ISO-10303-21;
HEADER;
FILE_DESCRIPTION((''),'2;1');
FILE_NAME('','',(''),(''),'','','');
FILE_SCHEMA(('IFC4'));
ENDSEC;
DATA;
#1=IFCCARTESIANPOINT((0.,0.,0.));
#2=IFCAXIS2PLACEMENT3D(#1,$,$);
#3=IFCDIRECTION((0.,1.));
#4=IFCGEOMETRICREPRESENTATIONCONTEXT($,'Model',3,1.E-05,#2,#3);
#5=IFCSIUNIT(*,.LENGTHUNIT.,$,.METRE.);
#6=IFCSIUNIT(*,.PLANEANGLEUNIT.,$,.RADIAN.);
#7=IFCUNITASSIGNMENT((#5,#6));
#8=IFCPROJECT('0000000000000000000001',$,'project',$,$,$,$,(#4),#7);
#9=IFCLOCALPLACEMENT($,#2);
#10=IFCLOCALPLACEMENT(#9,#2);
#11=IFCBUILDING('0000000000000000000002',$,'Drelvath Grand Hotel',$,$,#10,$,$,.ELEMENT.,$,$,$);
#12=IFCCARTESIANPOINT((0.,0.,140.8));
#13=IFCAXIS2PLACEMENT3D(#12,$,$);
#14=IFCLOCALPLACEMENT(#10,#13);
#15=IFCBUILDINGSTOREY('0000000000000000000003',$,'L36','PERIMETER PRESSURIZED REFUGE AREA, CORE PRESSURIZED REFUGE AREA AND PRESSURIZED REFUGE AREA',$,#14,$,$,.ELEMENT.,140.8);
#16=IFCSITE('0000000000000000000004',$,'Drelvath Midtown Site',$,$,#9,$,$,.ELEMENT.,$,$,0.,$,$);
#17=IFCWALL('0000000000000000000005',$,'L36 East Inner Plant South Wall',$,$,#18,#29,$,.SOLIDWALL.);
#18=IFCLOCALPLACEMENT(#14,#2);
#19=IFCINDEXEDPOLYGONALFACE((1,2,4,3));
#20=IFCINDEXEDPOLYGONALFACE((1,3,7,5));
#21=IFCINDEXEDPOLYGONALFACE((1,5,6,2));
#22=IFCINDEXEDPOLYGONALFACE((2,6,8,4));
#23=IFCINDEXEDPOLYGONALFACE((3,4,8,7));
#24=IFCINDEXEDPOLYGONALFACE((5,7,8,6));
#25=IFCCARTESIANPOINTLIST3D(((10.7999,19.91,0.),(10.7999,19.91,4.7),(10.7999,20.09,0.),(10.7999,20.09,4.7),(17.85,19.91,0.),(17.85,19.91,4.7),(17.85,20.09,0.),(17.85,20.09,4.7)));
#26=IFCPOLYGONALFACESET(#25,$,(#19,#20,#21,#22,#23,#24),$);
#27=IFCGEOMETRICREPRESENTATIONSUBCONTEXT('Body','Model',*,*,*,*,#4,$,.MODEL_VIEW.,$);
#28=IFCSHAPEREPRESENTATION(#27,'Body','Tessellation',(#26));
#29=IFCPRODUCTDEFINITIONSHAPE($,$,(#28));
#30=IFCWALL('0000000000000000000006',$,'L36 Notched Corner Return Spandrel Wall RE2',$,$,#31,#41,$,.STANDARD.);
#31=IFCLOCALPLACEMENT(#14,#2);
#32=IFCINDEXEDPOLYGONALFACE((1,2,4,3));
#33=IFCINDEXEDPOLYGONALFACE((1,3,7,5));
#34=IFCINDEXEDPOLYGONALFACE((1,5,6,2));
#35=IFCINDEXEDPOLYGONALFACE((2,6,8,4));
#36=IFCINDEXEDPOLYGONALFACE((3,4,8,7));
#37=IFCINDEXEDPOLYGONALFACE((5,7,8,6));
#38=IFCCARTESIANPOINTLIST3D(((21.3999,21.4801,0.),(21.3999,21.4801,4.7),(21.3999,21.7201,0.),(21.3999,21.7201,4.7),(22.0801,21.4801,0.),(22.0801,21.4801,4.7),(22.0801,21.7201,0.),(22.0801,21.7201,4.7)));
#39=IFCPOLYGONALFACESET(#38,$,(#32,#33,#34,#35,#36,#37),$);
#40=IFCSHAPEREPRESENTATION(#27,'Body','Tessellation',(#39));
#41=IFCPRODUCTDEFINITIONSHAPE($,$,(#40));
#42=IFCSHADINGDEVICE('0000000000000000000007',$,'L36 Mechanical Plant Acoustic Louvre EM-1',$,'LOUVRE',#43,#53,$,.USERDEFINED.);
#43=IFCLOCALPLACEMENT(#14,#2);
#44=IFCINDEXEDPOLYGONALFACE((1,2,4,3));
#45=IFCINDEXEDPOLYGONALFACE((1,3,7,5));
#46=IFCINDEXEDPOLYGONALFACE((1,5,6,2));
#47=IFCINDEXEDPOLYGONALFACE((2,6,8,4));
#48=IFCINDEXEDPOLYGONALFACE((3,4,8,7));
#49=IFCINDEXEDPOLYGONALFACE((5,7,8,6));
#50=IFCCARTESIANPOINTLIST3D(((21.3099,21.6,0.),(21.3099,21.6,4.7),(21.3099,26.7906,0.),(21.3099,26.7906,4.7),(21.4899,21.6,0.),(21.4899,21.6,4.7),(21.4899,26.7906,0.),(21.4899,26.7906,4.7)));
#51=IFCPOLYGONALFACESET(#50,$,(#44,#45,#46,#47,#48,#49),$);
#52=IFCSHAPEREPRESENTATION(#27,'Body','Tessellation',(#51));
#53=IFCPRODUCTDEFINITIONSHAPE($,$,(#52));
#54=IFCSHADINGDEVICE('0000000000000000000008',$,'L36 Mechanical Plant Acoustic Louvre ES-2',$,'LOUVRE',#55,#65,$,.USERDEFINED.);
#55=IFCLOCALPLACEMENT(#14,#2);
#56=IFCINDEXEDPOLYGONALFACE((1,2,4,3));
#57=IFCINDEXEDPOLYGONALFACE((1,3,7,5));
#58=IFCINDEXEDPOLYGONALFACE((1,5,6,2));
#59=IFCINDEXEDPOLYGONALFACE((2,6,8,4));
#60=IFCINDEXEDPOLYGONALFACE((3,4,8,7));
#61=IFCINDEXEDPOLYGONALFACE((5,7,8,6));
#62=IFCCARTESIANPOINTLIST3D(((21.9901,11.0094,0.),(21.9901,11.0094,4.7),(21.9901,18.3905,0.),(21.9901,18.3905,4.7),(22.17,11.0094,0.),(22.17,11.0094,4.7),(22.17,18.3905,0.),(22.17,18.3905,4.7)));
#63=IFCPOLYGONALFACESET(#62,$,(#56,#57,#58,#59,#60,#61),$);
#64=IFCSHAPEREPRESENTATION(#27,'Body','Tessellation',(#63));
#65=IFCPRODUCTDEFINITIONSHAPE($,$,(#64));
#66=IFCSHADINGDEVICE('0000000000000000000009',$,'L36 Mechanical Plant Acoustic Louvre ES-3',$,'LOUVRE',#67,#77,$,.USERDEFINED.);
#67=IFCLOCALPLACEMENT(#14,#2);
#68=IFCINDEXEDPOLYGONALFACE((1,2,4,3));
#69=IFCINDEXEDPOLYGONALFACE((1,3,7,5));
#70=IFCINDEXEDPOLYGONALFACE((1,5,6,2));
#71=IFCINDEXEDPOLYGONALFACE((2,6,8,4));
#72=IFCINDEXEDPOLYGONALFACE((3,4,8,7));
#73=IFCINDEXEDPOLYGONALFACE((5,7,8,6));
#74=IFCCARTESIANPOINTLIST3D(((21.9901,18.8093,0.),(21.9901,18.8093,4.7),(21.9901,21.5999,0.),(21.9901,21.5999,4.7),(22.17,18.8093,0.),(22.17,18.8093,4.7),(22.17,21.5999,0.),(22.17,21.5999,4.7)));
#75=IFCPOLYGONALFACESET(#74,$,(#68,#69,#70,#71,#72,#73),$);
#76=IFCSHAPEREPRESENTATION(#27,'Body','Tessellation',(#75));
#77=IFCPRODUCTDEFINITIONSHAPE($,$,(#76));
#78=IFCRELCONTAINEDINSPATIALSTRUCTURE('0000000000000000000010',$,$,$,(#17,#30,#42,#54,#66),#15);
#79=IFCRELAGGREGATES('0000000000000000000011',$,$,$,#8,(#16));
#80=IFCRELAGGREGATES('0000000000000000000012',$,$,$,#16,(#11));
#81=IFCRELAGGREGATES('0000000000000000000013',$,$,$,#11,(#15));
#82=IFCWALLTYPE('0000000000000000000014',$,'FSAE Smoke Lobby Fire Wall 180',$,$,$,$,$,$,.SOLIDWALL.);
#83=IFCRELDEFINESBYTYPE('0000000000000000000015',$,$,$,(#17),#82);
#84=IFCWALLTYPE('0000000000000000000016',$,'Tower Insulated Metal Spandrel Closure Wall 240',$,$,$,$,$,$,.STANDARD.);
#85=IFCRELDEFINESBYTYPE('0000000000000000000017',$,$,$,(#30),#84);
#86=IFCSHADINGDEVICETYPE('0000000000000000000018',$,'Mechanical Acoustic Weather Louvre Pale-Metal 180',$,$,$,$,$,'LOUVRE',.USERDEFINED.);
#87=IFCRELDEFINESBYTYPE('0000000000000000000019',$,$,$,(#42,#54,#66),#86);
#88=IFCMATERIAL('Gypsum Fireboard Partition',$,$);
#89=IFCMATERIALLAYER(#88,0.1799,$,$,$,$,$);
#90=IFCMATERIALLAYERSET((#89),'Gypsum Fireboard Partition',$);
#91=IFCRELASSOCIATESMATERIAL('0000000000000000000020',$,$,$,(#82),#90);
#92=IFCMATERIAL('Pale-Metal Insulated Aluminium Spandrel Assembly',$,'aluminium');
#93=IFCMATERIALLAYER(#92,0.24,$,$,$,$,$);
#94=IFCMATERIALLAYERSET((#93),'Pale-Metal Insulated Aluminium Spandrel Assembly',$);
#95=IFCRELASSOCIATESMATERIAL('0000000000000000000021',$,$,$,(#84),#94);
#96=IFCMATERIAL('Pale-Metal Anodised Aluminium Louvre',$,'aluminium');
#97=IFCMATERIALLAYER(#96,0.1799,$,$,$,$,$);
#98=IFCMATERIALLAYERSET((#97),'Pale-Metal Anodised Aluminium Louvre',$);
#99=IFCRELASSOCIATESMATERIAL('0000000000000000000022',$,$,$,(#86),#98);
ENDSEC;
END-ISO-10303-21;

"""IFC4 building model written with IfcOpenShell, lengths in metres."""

from ifc_helpers import new_model, si_unit, direction, frame, frame_2d, origin, origin_2d, place, context, subcontext, project, spatial, rectangle, extrude, material, layer, layer_set, type_object, element, save


model = new_model("IFC4")

# Units and contexts
model_context = context("Model", 3, precision=1e-05, world=origin(), true_north=direction((0.0, 1.0)))
body_context = subcontext(model_context, "Body", "Model", "MODEL_VIEW")
ifc_project = project(units=[si_unit("LENGTHUNIT", "METRE"), si_unit("PLANEANGLEUNIT", "RADIAN")], contexts=[model_context])

# Site, building, storey
site_placement = place(None, origin())
site = spatial("IfcSite", under=ifc_project, at=site_placement, Name="Drelvath Midtown Site", CompositionType="ELEMENT", RefElevation=0.0)
building_placement = place(site_placement, origin())
building = spatial("IfcBuilding", under=site, at=building_placement, Name="Drelvath Grand Hotel", CompositionType="ELEMENT")
storey_placement = place(building_placement, frame((0.0, 0.0, 140.8)))
storey = spatial("IfcBuildingStorey", under=building, at=storey_placement, Name="L36", Description="PERIMETER PRESSURIZED REFUGE AREA, CORE PRESSURIZED REFUGE AREA AND PRESSURIZED REFUGE AREA", CompositionType="ELEMENT", Elevation=140.8)

# Shared definitions
ifc_material_1 = material(Name="Gypsum Fireboard Partition")
ifc_layer_1 = layer(ifc_material_1, 0.1799)
ifc_layer_set_1 = layer_set([ifc_layer_1], Name="Gypsum Fireboard Partition")
wall_type_1 = type_object("IfcWallType", Name="FSAE Smoke Lobby Fire Wall 180", PredefinedType="SOLIDWALL", material=ifc_layer_set_1)

# Walls
wall_1_placement = place(storey_placement, frame((10.8, 20.0, 0.0), z_axis=(0.0, 0.0, 1.0), x_axis=(1.0, 0.0, 0.0)))
element("IfcWall", 1, at=wall_1_placement, inside=storey, type_object=wall_type_1, Name="L36 East Inner Plant South Wall", PredefinedType="SOLIDWALL", context=body_context, shape_type="SweptSolid", body=[
    extrude(rectangle(XDim=7.05, YDim=0.1799, at=frame_2d((3.5249, 0.0))), origin(), (0.0, 0.0, 1.0), 4.7),
])
ifc_material_2 = material(Name="Pale-Metal Insulated Aluminium Spandrel Assembly", Category="aluminium")
ifc_layer_2 = layer(ifc_material_2, 0.24)
ifc_layer_set_2 = layer_set([ifc_layer_2], Name="Pale-Metal Insulated Aluminium Spandrel Assembly")
wall_type_2 = type_object("IfcWallType", Name="Tower Insulated Metal Spandrel Closure Wall 240", PredefinedType="STANDARD", material=ifc_layer_set_2)
wall_2_placement = place(storey_placement, frame((21.3999, 21.6001, 0.0), z_axis=(0.0, 0.0, 1.0), x_axis=(1.0, 0.0, 0.0)))
element("IfcWall", 2, at=wall_2_placement, inside=storey, type_object=wall_type_2, Name="L36 Notched Corner Return Spandrel Wall RE2", PredefinedType="STANDARD", context=body_context, shape_type="SweptSolid", body=[
    extrude(rectangle(XDim=0.6802, YDim=0.24, at=frame_2d((0.3401, 0.0))), origin(), (0.0, 0.0, 1.0), 4.7),
])

# Shading devices
ifc_material_3 = material(Name="Pale-Metal Anodised Aluminium Louvre", Category="aluminium")
ifc_layer_3 = layer(ifc_material_3, 0.1799)
ifc_layer_set_3 = layer_set([ifc_layer_3], Name="Pale-Metal Anodised Aluminium Louvre")
shading_device_type = type_object("IfcShadingDeviceType", Name="Mechanical Acoustic Weather Louvre Pale-Metal 180", ElementType="LOUVRE", PredefinedType="USERDEFINED", material=ifc_layer_set_3)
shading_device_1_placement = place(storey_placement, frame((21.3999, 24.1953, 0.0), z_axis=(0.0, 0.0, 1.0), x_axis=(0.0, 1.0, 0.0)))
element("IfcShadingDevice", 3, at=shading_device_1_placement, inside=storey, type_object=shading_device_type, Name="L36 Mechanical Plant Acoustic Louvre EM-1", ObjectType="LOUVRE", PredefinedType="USERDEFINED", context=body_context, shape_type="SweptSolid", body=[
    extrude(rectangle(XDim=5.1907, YDim=0.1799, at=origin_2d()), origin(), (0.0, 0.0, 1.0), 4.7),
])
shading_device_2_placement = place(storey_placement, frame((22.0801, 14.7, 0.0), z_axis=(0.0, 0.0, 1.0), x_axis=(0.0, 1.0, 0.0)))
element("IfcShadingDevice", 4, at=shading_device_2_placement, inside=storey, type_object=shading_device_type, Name="L36 Mechanical Plant Acoustic Louvre ES-2", ObjectType="LOUVRE", PredefinedType="USERDEFINED", context=body_context, shape_type="SweptSolid", body=[
    extrude(rectangle(XDim=7.3811, YDim=0.1799, at=origin_2d()), origin(), (0.0, 0.0, 1.0), 4.7),
])
shading_device_3_placement = place(storey_placement, frame((22.0801, 20.2046, 0.0), z_axis=(0.0, 0.0, 1.0), x_axis=(0.0, 1.0, 0.0)))
element("IfcShadingDevice", 5, at=shading_device_3_placement, inside=storey, type_object=shading_device_type, Name="L36 Mechanical Plant Acoustic Louvre ES-3", ObjectType="LOUVRE", PredefinedType="USERDEFINED", context=body_context, shape_type="SweptSolid", body=[
    extrude(rectangle(XDim=2.7905, YDim=0.1799, at=origin_2d()), origin(), (0.0, 0.0, 1.0), 4.7),
])

save(model, "model.ifc")
